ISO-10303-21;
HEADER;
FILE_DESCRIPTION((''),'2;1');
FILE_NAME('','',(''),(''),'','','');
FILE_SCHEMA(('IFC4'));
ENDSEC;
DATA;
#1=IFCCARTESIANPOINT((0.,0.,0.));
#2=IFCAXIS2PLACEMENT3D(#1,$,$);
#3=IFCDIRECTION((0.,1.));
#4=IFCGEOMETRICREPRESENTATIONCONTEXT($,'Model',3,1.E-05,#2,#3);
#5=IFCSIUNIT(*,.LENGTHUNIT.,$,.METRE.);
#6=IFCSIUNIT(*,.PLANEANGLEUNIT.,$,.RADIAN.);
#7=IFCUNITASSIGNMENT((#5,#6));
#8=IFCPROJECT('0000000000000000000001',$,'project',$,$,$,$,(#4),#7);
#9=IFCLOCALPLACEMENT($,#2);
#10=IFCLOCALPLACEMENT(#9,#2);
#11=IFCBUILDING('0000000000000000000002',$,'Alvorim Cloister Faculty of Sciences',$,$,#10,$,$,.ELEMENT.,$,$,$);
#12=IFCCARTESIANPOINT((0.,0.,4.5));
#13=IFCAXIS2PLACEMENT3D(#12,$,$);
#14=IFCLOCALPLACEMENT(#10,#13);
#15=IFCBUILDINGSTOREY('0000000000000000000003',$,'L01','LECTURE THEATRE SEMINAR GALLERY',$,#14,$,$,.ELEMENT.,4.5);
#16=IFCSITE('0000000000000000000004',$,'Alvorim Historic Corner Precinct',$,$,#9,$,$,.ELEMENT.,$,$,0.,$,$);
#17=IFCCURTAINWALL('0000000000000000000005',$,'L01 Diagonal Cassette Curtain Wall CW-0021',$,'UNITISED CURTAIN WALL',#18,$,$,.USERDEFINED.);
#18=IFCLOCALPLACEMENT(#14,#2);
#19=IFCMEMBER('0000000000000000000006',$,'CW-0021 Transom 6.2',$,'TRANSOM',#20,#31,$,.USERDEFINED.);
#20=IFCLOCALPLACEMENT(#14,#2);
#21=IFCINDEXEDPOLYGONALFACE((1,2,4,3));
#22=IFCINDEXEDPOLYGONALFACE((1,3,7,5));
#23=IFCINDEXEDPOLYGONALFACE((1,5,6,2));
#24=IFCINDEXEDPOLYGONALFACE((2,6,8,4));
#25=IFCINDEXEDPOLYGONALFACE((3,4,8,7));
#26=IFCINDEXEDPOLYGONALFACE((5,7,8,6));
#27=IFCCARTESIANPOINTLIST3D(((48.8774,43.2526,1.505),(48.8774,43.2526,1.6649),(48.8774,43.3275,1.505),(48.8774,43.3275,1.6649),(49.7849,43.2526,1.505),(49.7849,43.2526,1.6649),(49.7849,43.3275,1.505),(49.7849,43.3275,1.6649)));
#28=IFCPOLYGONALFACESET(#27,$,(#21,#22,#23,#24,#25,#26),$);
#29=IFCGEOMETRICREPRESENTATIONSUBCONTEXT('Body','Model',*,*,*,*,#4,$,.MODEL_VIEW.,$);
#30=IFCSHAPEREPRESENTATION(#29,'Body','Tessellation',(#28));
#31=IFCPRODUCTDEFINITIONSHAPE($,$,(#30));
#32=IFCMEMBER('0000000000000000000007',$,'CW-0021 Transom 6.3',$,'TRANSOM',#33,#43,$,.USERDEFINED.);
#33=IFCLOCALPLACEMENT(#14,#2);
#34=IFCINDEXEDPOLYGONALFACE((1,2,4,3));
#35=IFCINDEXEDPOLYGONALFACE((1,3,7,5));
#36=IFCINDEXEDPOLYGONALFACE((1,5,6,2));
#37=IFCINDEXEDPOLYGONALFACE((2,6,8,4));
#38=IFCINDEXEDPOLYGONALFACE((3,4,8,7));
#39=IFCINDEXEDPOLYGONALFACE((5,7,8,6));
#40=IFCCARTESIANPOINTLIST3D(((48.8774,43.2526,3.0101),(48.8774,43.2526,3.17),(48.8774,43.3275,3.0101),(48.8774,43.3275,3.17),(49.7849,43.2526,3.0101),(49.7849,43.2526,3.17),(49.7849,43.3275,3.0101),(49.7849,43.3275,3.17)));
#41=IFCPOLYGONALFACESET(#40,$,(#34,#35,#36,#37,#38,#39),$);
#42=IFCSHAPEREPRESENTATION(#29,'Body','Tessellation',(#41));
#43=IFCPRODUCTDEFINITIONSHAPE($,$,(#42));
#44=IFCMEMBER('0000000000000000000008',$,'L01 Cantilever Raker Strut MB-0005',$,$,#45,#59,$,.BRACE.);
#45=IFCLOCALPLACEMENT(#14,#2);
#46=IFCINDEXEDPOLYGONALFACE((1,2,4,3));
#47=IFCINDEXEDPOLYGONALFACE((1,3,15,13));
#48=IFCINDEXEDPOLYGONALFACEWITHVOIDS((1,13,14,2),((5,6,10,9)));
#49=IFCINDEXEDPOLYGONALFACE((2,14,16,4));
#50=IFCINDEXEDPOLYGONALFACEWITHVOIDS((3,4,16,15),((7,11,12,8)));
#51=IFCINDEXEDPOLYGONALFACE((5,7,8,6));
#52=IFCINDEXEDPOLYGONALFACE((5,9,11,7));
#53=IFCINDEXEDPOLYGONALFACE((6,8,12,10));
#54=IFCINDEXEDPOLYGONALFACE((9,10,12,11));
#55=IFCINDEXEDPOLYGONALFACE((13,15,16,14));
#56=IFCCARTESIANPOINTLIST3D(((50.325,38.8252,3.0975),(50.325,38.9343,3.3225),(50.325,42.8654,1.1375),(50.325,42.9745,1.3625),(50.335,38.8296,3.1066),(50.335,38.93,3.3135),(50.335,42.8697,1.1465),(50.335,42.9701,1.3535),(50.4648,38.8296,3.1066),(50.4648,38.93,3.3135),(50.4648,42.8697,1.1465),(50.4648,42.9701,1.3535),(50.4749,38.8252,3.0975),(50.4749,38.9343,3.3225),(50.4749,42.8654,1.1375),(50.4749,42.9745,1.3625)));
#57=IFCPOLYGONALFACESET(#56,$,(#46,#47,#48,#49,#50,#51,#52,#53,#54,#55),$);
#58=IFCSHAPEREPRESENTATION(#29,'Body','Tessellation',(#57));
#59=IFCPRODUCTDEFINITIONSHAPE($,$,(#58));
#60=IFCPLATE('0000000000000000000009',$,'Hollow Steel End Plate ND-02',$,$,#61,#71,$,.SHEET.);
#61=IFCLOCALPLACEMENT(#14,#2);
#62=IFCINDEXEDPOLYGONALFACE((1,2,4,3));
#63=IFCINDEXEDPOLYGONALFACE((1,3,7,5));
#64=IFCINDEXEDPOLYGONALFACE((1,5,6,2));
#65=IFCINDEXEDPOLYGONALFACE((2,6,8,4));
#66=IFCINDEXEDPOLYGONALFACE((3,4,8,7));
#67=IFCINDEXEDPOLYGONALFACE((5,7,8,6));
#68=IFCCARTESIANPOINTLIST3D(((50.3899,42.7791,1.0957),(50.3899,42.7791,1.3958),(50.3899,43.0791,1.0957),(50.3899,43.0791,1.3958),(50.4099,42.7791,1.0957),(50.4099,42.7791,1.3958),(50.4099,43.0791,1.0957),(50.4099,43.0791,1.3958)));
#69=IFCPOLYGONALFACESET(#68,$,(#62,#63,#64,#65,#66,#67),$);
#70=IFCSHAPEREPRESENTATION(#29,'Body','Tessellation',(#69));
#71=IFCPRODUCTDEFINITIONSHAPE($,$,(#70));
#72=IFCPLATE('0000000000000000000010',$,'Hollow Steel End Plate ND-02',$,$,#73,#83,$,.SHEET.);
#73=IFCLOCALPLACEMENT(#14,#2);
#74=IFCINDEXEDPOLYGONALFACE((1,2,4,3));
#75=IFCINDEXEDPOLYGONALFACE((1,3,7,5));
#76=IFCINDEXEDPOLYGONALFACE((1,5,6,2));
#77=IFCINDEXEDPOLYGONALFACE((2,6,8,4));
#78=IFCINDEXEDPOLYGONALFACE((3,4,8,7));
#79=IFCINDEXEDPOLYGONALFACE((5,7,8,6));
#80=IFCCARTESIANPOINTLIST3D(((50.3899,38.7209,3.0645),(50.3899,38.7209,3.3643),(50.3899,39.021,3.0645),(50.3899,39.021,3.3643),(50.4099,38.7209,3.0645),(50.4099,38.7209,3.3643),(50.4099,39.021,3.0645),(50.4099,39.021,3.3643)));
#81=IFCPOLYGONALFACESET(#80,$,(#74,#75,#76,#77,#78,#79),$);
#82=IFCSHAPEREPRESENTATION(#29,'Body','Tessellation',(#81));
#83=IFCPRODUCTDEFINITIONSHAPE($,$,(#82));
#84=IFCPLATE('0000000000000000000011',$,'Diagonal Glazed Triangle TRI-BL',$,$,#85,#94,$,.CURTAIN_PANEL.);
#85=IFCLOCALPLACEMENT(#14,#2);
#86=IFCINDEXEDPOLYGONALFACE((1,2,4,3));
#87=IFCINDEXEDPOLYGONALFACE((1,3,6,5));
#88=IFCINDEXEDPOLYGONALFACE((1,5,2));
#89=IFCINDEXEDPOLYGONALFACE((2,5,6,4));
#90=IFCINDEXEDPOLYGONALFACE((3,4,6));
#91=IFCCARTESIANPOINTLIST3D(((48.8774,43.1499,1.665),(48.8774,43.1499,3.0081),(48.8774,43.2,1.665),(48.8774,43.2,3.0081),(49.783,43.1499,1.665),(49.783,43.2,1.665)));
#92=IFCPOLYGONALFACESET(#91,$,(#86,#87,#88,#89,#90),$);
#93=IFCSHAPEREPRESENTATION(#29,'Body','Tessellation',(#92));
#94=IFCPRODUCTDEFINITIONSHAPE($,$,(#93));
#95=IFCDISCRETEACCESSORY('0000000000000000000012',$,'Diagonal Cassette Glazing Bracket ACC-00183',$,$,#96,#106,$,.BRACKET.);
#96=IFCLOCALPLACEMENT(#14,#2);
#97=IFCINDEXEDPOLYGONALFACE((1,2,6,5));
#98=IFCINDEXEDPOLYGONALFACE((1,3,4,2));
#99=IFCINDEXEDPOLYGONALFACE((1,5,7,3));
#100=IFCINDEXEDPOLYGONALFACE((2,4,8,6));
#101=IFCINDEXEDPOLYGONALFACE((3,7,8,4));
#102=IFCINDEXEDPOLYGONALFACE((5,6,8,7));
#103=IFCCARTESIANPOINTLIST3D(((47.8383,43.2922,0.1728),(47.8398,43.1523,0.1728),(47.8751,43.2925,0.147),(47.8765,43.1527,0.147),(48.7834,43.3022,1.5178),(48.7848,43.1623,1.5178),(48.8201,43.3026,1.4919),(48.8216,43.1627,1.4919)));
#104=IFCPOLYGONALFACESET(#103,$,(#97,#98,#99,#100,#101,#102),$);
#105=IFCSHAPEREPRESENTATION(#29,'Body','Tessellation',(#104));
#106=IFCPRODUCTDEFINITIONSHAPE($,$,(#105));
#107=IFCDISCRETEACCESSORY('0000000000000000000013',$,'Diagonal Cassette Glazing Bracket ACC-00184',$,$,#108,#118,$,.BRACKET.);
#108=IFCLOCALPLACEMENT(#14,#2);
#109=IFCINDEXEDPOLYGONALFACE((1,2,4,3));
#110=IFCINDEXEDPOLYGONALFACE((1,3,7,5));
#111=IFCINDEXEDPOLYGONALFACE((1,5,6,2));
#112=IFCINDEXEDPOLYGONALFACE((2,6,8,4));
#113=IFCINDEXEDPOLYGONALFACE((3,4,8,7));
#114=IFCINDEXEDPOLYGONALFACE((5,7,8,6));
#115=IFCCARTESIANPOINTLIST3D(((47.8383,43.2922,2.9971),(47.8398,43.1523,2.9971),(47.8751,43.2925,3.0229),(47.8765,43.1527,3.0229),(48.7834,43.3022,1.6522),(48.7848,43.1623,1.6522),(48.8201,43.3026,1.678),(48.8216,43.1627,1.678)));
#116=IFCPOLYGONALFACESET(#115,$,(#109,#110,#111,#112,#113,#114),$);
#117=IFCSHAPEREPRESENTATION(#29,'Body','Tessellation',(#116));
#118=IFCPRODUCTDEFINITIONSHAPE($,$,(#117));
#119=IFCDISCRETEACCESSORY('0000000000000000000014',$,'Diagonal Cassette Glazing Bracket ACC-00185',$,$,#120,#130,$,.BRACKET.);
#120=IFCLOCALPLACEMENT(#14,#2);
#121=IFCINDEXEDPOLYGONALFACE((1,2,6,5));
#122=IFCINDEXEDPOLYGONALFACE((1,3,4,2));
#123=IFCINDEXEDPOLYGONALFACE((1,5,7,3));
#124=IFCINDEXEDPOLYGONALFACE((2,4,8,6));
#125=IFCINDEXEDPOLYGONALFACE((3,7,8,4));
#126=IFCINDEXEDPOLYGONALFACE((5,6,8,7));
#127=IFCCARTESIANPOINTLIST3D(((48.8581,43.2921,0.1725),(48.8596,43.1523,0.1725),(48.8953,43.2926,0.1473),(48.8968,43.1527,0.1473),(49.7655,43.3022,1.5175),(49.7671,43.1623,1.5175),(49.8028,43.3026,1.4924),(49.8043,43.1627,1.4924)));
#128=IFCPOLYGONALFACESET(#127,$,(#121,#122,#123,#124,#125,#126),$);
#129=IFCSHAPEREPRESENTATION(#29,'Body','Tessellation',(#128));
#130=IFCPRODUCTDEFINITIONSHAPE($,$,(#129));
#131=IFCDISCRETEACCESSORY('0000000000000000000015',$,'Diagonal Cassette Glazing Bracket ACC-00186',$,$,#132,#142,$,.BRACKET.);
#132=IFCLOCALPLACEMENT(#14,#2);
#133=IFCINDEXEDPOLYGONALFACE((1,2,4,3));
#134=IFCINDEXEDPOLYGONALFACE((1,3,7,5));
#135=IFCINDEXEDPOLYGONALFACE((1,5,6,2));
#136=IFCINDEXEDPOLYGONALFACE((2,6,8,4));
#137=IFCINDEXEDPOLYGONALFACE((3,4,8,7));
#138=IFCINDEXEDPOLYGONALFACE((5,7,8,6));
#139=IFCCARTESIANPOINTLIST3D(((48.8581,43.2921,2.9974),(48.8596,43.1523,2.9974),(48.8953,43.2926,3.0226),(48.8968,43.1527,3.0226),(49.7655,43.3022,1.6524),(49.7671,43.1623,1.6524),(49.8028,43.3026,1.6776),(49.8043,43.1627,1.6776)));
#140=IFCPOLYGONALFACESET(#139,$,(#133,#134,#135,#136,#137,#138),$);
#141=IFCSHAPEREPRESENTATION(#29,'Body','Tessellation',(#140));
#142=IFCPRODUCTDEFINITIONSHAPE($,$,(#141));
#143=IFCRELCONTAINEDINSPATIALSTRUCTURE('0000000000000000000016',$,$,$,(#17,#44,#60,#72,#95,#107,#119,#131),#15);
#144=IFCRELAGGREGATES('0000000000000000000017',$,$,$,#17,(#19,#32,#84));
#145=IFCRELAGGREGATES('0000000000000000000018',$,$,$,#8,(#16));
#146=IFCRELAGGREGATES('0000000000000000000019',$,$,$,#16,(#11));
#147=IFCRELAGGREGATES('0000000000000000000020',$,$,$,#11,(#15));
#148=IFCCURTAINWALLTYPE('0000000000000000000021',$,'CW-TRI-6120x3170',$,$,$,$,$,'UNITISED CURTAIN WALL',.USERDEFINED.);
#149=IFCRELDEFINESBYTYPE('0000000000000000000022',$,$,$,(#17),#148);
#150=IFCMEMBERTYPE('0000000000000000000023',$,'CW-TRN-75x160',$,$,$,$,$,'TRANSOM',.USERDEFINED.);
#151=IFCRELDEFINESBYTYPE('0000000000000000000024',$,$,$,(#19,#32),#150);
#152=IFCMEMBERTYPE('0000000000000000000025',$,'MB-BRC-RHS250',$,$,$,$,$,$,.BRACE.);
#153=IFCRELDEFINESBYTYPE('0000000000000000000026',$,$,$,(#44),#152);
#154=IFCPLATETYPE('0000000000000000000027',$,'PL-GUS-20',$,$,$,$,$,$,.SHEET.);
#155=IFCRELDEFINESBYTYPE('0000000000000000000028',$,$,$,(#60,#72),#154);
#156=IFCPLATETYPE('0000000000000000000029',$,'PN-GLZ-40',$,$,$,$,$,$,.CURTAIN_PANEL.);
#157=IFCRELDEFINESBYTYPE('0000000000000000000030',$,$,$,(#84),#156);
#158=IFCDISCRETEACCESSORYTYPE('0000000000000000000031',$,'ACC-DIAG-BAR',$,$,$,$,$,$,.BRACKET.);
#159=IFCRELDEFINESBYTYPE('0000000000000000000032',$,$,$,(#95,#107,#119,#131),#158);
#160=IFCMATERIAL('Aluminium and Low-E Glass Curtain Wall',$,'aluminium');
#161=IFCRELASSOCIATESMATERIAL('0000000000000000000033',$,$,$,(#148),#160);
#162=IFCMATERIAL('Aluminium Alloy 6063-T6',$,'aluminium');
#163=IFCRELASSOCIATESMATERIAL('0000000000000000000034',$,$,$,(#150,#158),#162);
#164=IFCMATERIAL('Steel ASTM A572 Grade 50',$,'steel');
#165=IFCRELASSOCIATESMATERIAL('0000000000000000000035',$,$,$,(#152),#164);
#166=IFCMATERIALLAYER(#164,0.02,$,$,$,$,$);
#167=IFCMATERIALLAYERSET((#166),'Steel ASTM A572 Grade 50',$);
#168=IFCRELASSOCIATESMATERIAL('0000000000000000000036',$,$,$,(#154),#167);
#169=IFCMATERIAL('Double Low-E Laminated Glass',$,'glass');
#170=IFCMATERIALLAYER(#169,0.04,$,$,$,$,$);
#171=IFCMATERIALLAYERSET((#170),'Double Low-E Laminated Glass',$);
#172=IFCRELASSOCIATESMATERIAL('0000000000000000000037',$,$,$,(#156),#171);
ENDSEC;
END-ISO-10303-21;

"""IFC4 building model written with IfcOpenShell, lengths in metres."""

from ifc_helpers import new_model, si_unit, direction, frame, origin, origin_2d, place, context, subcontext, project, spatial, polyline, rectangle, hollow_rectangle, outline, extrude, material, layer, layer_set, material_profile, profile_set, type_object, element, aggregate, save


model = new_model("IFC4")

# Units and contexts
model_context = context("Model", 3, precision=1e-05, world=origin(), true_north=direction((0.0, 1.0)))
body_context = subcontext(model_context, "Body", "Model", "MODEL_VIEW")
ifc_project = project(units=[si_unit("LENGTHUNIT", "METRE"), si_unit("PLANEANGLEUNIT", "RADIAN")], contexts=[model_context])

# Site, building, storey
site_placement = place(None, origin())
site = spatial("IfcSite", under=ifc_project, at=site_placement, Name="Alvorim Historic Corner Precinct", CompositionType="ELEMENT", RefElevation=0.0)
building_placement = place(site_placement, origin())
building = spatial("IfcBuilding", under=site, at=building_placement, Name="Alvorim Cloister Faculty of Sciences", CompositionType="ELEMENT")
storey_placement = place(building_placement, frame((0.0, 0.0, 4.5)))
storey = spatial("IfcBuildingStorey", under=building, at=storey_placement, Name="L01", Description="LECTURE THEATRE SEMINAR GALLERY", CompositionType="ELEMENT", Elevation=4.5)

# Shared definitions
ifc_material_1 = material(Name="Steel ASTM A572 Grade 50", Category="steel")

# Curtain wall, members
ifc_material_2 = material(Name="Aluminium and Low-E Glass Curtain Wall", Category="aluminium")
curtain_wall_type = type_object("IfcCurtainWallType", Name="CW-TRI-6120x3170", ElementType="UNITISED CURTAIN WALL", PredefinedType="USERDEFINED", material=ifc_material_2)
curtain_wall_placement = place(storey_placement, origin())
curtain_wall = element("IfcCurtainWall", 1, at=curtain_wall_placement, inside=storey, type_object=curtain_wall_type, Name="L01 Diagonal Cassette Curtain Wall CW-0021", ObjectType="UNITISED CURTAIN WALL", PredefinedType="USERDEFINED")
ifc_material_3 = material(Name="Aluminium Alloy 6063-T6", Category="aluminium")
ifc_material_profile_1 = material_profile(ifc_material_3, rectangle(XDim=0.075, YDim=0.1599, at=origin_2d()), Name="ALU-TRN-75x160")
ifc_profile_set_1 = profile_set([ifc_material_profile_1], Name="Aluminium Alloy 6063-T6")
member_type_1 = type_object("IfcMemberType", Name="CW-TRN-75x160", ElementType="TRANSOM", PredefinedType="USERDEFINED", material=ifc_profile_set_1)
member_1_placement = place(storey_placement, frame((48.8774, 43.29, 1.585), z_axis=(1.0, 0.0, 0.0), x_axis=(0.0, 1.0, 0.0)))
member_1 = element("IfcMember", 2, at=member_1_placement, type_object=member_type_1, Name="CW-0021 Transom 6.2", ObjectType="TRANSOM", PredefinedType="USERDEFINED", context=body_context, shape_type="SweptSolid", body=[
    extrude(rectangle(XDim=0.075, YDim=0.1599, at=origin_2d()), origin(), (0.0, 0.0, 1.0), 0.9075),
])
member_2_placement = place(storey_placement, frame((48.8774, 43.29, 3.0901), z_axis=(1.0, 0.0, 0.0), x_axis=(0.0, 1.0, 0.0)))
member_2 = element("IfcMember", 3, at=member_2_placement, type_object=member_type_1, Name="CW-0021 Transom 6.3", ObjectType="TRANSOM", PredefinedType="USERDEFINED", context=body_context, shape_type="SweptSolid", body=[
    extrude(rectangle(XDim=0.075, YDim=0.1599, at=origin_2d()), origin(), (0.0, 0.0, 1.0), 0.9075),
])

# Member
ifc_material_profile_2 = material_profile(ifc_material_1, hollow_rectangle(XDim=0.1499, YDim=0.25, WallThickness=0.01, at=origin_2d()), Name="RHS250x150x10")
ifc_profile_set_2 = profile_set([ifc_material_profile_2], Name="Steel ASTM A572 Grade 50")
member_type_2 = type_object("IfcMemberType", Name="MB-BRC-RHS250", PredefinedType="BRACE", material=ifc_profile_set_2)
member_3_placement = place(storey_placement, frame((50.3999, 42.9199, 1.25), z_axis=(0.0, -0.899713, 0.436482), x_axis=(1.0, 0.0, 0.0)))
element("IfcMember", 4, at=member_3_placement, inside=storey, type_object=member_type_2, Name="L01 Cantilever Raker Strut MB-0005", PredefinedType="BRACE", context=body_context, shape_type="SweptSolid", body=[
    extrude(hollow_rectangle(XDim=0.1499, YDim=0.25, WallThickness=0.01, at=origin_2d()), origin(), (0.0, 0.0, 1.0), 4.4905),
])

# Plates
ifc_layer_1 = layer(ifc_material_1, 0.02)
ifc_layer_set_1 = layer_set([ifc_layer_1], Name="Steel ASTM A572 Grade 50")
plate_type_1 = type_object("IfcPlateType", Name="PL-GUS-20", PredefinedType="SHEET", material=ifc_layer_set_1)
plate_1_placement = place(storey_placement, frame((50.3999, 43.0791, 1.0957), z_axis=(0.0, 0.0, 1.0), x_axis=(0.0, -1.0, 0.0)))
element("IfcPlate", 5, at=plate_1_placement, inside=storey, type_object=plate_type_1, Name="Hollow Steel End Plate ND-02", PredefinedType="SHEET", context=body_context, shape_type="SweptSolid", body=[
    extrude(outline(polyline([(0.0, 0.0), (0.3, 0.0), (0.3, 0.3), (0.0, 0.3), (0.0, 0.0)])), frame((0.0, 0.01, 0.0), z_axis=(0.0, -1.0, 0.0), x_axis=(1.0, 0.0, 0.0)), (0.0, 0.0, 1.0), 0.02),
])
plate_2_placement = place(storey_placement, frame((50.3999, 39.021, 3.0645), z_axis=(0.0, 0.0, 1.0), x_axis=(0.0, -1.0, 0.0)))
element("IfcPlate", 6, at=plate_2_placement, inside=storey, type_object=plate_type_1, Name="Hollow Steel End Plate ND-02", PredefinedType="SHEET", context=body_context, shape_type="SweptSolid", body=[
    extrude(outline(polyline([(0.0, 0.0), (0.3, 0.0), (0.3, 0.2998), (0.0, 0.2998), (0.0, 0.0)])), frame((0.0, 0.01, 0.0), z_axis=(0.0, -1.0, 0.0), x_axis=(1.0, 0.0, 0.0)), (0.0, 0.0, 1.0), 0.02),
])

# Plate
ifc_material_4 = material(Name="Double Low-E Laminated Glass", Category="glass")
ifc_layer_2 = layer(ifc_material_4, 0.04)
ifc_layer_set_2 = layer_set([ifc_layer_2], Name="Double Low-E Laminated Glass")
plate_type_2 = type_object("IfcPlateType", Name="PN-GLZ-40", PredefinedType="CURTAIN_PANEL", material=ifc_layer_set_2)
plate_3_placement = place(storey_placement, frame((48.8774, 43.175, 1.665), z_axis=(0.0, 0.0, 1.0), x_axis=(1.0, 0.0, 0.0)))
plate_3 = element("IfcPlate", 7, at=plate_3_placement, type_object=plate_type_2, Name="Diagonal Glazed Triangle TRI-BL", PredefinedType="CURTAIN_PANEL", context=body_context, shape_type="SweptSolid", body=[
    extrude(outline(polyline([(0.0, 0.0), (0.9055, 0.0), (0.0, 1.343), (0.0, 0.0)])), frame((0.0, 0.0249, 0.0), z_axis=(0.0, -1.0, 0.0), x_axis=(1.0, 0.0, 0.0)), (0.0, 0.0, 1.0), 0.05),
])
aggregate(curtain_wall, [member_1, member_2, plate_3])

# Discrete accessories
discrete_accessory_type = type_object("IfcDiscreteAccessoryType", Name="ACC-DIAG-BAR", PredefinedType="BRACKET", material=ifc_material_3)
for number, where, z_axis, x_axis, name in (
    (8, (47.8574, 43.2224, 0.1599), (0.574916, 0.006089, 0.81819), (-0.010591, 0.999944, 0.0), "Diagonal Cassette Glazing Bracket ACC-00183"),
    (9, (47.8574, 43.2224, 3.01), (0.574916, 0.006089, -0.81819), (-0.010591, 0.999944, 0.0), "Diagonal Cassette Glazing Bracket ACC-00184"),
):
    element("IfcDiscreteAccessory", number, at=place(storey_placement, frame(where, z_axis=z_axis, x_axis=x_axis)), inside=storey, type_object=discrete_accessory_type, Name=name, PredefinedType="BRACKET", context=body_context, shape_type="SweptSolid", body=[
        extrude(rectangle(XDim=0.1399, YDim=0.0449, at=origin_2d()), origin(), (0.0, 0.0, 1.0), 1.6438),
    ])
for number, where, z_axis, x_axis, name in (
    (10, (48.8774, 43.2224, 0.1599), (0.559299, 0.006169, 0.828943), (-0.01103, 0.999939, 0.0), "Diagonal Cassette Glazing Bracket ACC-00185"),
    (11, (48.8774, 43.2224, 3.01), (0.559299, 0.006169, -0.828943), (-0.01103, 0.999939, 0.0), "Diagonal Cassette Glazing Bracket ACC-00186"),
):
    element("IfcDiscreteAccessory", number, at=place(storey_placement, frame(where, z_axis=z_axis, x_axis=x_axis)), inside=storey, type_object=discrete_accessory_type, Name=name, PredefinedType="BRACKET", context=body_context, shape_type="SweptSolid", body=[
        extrude(rectangle(XDim=0.1399, YDim=0.0449, at=origin_2d()), origin(), (0.0, 0.0, 1.0), 1.6226),
    ])

save(model, "model.ifc")
